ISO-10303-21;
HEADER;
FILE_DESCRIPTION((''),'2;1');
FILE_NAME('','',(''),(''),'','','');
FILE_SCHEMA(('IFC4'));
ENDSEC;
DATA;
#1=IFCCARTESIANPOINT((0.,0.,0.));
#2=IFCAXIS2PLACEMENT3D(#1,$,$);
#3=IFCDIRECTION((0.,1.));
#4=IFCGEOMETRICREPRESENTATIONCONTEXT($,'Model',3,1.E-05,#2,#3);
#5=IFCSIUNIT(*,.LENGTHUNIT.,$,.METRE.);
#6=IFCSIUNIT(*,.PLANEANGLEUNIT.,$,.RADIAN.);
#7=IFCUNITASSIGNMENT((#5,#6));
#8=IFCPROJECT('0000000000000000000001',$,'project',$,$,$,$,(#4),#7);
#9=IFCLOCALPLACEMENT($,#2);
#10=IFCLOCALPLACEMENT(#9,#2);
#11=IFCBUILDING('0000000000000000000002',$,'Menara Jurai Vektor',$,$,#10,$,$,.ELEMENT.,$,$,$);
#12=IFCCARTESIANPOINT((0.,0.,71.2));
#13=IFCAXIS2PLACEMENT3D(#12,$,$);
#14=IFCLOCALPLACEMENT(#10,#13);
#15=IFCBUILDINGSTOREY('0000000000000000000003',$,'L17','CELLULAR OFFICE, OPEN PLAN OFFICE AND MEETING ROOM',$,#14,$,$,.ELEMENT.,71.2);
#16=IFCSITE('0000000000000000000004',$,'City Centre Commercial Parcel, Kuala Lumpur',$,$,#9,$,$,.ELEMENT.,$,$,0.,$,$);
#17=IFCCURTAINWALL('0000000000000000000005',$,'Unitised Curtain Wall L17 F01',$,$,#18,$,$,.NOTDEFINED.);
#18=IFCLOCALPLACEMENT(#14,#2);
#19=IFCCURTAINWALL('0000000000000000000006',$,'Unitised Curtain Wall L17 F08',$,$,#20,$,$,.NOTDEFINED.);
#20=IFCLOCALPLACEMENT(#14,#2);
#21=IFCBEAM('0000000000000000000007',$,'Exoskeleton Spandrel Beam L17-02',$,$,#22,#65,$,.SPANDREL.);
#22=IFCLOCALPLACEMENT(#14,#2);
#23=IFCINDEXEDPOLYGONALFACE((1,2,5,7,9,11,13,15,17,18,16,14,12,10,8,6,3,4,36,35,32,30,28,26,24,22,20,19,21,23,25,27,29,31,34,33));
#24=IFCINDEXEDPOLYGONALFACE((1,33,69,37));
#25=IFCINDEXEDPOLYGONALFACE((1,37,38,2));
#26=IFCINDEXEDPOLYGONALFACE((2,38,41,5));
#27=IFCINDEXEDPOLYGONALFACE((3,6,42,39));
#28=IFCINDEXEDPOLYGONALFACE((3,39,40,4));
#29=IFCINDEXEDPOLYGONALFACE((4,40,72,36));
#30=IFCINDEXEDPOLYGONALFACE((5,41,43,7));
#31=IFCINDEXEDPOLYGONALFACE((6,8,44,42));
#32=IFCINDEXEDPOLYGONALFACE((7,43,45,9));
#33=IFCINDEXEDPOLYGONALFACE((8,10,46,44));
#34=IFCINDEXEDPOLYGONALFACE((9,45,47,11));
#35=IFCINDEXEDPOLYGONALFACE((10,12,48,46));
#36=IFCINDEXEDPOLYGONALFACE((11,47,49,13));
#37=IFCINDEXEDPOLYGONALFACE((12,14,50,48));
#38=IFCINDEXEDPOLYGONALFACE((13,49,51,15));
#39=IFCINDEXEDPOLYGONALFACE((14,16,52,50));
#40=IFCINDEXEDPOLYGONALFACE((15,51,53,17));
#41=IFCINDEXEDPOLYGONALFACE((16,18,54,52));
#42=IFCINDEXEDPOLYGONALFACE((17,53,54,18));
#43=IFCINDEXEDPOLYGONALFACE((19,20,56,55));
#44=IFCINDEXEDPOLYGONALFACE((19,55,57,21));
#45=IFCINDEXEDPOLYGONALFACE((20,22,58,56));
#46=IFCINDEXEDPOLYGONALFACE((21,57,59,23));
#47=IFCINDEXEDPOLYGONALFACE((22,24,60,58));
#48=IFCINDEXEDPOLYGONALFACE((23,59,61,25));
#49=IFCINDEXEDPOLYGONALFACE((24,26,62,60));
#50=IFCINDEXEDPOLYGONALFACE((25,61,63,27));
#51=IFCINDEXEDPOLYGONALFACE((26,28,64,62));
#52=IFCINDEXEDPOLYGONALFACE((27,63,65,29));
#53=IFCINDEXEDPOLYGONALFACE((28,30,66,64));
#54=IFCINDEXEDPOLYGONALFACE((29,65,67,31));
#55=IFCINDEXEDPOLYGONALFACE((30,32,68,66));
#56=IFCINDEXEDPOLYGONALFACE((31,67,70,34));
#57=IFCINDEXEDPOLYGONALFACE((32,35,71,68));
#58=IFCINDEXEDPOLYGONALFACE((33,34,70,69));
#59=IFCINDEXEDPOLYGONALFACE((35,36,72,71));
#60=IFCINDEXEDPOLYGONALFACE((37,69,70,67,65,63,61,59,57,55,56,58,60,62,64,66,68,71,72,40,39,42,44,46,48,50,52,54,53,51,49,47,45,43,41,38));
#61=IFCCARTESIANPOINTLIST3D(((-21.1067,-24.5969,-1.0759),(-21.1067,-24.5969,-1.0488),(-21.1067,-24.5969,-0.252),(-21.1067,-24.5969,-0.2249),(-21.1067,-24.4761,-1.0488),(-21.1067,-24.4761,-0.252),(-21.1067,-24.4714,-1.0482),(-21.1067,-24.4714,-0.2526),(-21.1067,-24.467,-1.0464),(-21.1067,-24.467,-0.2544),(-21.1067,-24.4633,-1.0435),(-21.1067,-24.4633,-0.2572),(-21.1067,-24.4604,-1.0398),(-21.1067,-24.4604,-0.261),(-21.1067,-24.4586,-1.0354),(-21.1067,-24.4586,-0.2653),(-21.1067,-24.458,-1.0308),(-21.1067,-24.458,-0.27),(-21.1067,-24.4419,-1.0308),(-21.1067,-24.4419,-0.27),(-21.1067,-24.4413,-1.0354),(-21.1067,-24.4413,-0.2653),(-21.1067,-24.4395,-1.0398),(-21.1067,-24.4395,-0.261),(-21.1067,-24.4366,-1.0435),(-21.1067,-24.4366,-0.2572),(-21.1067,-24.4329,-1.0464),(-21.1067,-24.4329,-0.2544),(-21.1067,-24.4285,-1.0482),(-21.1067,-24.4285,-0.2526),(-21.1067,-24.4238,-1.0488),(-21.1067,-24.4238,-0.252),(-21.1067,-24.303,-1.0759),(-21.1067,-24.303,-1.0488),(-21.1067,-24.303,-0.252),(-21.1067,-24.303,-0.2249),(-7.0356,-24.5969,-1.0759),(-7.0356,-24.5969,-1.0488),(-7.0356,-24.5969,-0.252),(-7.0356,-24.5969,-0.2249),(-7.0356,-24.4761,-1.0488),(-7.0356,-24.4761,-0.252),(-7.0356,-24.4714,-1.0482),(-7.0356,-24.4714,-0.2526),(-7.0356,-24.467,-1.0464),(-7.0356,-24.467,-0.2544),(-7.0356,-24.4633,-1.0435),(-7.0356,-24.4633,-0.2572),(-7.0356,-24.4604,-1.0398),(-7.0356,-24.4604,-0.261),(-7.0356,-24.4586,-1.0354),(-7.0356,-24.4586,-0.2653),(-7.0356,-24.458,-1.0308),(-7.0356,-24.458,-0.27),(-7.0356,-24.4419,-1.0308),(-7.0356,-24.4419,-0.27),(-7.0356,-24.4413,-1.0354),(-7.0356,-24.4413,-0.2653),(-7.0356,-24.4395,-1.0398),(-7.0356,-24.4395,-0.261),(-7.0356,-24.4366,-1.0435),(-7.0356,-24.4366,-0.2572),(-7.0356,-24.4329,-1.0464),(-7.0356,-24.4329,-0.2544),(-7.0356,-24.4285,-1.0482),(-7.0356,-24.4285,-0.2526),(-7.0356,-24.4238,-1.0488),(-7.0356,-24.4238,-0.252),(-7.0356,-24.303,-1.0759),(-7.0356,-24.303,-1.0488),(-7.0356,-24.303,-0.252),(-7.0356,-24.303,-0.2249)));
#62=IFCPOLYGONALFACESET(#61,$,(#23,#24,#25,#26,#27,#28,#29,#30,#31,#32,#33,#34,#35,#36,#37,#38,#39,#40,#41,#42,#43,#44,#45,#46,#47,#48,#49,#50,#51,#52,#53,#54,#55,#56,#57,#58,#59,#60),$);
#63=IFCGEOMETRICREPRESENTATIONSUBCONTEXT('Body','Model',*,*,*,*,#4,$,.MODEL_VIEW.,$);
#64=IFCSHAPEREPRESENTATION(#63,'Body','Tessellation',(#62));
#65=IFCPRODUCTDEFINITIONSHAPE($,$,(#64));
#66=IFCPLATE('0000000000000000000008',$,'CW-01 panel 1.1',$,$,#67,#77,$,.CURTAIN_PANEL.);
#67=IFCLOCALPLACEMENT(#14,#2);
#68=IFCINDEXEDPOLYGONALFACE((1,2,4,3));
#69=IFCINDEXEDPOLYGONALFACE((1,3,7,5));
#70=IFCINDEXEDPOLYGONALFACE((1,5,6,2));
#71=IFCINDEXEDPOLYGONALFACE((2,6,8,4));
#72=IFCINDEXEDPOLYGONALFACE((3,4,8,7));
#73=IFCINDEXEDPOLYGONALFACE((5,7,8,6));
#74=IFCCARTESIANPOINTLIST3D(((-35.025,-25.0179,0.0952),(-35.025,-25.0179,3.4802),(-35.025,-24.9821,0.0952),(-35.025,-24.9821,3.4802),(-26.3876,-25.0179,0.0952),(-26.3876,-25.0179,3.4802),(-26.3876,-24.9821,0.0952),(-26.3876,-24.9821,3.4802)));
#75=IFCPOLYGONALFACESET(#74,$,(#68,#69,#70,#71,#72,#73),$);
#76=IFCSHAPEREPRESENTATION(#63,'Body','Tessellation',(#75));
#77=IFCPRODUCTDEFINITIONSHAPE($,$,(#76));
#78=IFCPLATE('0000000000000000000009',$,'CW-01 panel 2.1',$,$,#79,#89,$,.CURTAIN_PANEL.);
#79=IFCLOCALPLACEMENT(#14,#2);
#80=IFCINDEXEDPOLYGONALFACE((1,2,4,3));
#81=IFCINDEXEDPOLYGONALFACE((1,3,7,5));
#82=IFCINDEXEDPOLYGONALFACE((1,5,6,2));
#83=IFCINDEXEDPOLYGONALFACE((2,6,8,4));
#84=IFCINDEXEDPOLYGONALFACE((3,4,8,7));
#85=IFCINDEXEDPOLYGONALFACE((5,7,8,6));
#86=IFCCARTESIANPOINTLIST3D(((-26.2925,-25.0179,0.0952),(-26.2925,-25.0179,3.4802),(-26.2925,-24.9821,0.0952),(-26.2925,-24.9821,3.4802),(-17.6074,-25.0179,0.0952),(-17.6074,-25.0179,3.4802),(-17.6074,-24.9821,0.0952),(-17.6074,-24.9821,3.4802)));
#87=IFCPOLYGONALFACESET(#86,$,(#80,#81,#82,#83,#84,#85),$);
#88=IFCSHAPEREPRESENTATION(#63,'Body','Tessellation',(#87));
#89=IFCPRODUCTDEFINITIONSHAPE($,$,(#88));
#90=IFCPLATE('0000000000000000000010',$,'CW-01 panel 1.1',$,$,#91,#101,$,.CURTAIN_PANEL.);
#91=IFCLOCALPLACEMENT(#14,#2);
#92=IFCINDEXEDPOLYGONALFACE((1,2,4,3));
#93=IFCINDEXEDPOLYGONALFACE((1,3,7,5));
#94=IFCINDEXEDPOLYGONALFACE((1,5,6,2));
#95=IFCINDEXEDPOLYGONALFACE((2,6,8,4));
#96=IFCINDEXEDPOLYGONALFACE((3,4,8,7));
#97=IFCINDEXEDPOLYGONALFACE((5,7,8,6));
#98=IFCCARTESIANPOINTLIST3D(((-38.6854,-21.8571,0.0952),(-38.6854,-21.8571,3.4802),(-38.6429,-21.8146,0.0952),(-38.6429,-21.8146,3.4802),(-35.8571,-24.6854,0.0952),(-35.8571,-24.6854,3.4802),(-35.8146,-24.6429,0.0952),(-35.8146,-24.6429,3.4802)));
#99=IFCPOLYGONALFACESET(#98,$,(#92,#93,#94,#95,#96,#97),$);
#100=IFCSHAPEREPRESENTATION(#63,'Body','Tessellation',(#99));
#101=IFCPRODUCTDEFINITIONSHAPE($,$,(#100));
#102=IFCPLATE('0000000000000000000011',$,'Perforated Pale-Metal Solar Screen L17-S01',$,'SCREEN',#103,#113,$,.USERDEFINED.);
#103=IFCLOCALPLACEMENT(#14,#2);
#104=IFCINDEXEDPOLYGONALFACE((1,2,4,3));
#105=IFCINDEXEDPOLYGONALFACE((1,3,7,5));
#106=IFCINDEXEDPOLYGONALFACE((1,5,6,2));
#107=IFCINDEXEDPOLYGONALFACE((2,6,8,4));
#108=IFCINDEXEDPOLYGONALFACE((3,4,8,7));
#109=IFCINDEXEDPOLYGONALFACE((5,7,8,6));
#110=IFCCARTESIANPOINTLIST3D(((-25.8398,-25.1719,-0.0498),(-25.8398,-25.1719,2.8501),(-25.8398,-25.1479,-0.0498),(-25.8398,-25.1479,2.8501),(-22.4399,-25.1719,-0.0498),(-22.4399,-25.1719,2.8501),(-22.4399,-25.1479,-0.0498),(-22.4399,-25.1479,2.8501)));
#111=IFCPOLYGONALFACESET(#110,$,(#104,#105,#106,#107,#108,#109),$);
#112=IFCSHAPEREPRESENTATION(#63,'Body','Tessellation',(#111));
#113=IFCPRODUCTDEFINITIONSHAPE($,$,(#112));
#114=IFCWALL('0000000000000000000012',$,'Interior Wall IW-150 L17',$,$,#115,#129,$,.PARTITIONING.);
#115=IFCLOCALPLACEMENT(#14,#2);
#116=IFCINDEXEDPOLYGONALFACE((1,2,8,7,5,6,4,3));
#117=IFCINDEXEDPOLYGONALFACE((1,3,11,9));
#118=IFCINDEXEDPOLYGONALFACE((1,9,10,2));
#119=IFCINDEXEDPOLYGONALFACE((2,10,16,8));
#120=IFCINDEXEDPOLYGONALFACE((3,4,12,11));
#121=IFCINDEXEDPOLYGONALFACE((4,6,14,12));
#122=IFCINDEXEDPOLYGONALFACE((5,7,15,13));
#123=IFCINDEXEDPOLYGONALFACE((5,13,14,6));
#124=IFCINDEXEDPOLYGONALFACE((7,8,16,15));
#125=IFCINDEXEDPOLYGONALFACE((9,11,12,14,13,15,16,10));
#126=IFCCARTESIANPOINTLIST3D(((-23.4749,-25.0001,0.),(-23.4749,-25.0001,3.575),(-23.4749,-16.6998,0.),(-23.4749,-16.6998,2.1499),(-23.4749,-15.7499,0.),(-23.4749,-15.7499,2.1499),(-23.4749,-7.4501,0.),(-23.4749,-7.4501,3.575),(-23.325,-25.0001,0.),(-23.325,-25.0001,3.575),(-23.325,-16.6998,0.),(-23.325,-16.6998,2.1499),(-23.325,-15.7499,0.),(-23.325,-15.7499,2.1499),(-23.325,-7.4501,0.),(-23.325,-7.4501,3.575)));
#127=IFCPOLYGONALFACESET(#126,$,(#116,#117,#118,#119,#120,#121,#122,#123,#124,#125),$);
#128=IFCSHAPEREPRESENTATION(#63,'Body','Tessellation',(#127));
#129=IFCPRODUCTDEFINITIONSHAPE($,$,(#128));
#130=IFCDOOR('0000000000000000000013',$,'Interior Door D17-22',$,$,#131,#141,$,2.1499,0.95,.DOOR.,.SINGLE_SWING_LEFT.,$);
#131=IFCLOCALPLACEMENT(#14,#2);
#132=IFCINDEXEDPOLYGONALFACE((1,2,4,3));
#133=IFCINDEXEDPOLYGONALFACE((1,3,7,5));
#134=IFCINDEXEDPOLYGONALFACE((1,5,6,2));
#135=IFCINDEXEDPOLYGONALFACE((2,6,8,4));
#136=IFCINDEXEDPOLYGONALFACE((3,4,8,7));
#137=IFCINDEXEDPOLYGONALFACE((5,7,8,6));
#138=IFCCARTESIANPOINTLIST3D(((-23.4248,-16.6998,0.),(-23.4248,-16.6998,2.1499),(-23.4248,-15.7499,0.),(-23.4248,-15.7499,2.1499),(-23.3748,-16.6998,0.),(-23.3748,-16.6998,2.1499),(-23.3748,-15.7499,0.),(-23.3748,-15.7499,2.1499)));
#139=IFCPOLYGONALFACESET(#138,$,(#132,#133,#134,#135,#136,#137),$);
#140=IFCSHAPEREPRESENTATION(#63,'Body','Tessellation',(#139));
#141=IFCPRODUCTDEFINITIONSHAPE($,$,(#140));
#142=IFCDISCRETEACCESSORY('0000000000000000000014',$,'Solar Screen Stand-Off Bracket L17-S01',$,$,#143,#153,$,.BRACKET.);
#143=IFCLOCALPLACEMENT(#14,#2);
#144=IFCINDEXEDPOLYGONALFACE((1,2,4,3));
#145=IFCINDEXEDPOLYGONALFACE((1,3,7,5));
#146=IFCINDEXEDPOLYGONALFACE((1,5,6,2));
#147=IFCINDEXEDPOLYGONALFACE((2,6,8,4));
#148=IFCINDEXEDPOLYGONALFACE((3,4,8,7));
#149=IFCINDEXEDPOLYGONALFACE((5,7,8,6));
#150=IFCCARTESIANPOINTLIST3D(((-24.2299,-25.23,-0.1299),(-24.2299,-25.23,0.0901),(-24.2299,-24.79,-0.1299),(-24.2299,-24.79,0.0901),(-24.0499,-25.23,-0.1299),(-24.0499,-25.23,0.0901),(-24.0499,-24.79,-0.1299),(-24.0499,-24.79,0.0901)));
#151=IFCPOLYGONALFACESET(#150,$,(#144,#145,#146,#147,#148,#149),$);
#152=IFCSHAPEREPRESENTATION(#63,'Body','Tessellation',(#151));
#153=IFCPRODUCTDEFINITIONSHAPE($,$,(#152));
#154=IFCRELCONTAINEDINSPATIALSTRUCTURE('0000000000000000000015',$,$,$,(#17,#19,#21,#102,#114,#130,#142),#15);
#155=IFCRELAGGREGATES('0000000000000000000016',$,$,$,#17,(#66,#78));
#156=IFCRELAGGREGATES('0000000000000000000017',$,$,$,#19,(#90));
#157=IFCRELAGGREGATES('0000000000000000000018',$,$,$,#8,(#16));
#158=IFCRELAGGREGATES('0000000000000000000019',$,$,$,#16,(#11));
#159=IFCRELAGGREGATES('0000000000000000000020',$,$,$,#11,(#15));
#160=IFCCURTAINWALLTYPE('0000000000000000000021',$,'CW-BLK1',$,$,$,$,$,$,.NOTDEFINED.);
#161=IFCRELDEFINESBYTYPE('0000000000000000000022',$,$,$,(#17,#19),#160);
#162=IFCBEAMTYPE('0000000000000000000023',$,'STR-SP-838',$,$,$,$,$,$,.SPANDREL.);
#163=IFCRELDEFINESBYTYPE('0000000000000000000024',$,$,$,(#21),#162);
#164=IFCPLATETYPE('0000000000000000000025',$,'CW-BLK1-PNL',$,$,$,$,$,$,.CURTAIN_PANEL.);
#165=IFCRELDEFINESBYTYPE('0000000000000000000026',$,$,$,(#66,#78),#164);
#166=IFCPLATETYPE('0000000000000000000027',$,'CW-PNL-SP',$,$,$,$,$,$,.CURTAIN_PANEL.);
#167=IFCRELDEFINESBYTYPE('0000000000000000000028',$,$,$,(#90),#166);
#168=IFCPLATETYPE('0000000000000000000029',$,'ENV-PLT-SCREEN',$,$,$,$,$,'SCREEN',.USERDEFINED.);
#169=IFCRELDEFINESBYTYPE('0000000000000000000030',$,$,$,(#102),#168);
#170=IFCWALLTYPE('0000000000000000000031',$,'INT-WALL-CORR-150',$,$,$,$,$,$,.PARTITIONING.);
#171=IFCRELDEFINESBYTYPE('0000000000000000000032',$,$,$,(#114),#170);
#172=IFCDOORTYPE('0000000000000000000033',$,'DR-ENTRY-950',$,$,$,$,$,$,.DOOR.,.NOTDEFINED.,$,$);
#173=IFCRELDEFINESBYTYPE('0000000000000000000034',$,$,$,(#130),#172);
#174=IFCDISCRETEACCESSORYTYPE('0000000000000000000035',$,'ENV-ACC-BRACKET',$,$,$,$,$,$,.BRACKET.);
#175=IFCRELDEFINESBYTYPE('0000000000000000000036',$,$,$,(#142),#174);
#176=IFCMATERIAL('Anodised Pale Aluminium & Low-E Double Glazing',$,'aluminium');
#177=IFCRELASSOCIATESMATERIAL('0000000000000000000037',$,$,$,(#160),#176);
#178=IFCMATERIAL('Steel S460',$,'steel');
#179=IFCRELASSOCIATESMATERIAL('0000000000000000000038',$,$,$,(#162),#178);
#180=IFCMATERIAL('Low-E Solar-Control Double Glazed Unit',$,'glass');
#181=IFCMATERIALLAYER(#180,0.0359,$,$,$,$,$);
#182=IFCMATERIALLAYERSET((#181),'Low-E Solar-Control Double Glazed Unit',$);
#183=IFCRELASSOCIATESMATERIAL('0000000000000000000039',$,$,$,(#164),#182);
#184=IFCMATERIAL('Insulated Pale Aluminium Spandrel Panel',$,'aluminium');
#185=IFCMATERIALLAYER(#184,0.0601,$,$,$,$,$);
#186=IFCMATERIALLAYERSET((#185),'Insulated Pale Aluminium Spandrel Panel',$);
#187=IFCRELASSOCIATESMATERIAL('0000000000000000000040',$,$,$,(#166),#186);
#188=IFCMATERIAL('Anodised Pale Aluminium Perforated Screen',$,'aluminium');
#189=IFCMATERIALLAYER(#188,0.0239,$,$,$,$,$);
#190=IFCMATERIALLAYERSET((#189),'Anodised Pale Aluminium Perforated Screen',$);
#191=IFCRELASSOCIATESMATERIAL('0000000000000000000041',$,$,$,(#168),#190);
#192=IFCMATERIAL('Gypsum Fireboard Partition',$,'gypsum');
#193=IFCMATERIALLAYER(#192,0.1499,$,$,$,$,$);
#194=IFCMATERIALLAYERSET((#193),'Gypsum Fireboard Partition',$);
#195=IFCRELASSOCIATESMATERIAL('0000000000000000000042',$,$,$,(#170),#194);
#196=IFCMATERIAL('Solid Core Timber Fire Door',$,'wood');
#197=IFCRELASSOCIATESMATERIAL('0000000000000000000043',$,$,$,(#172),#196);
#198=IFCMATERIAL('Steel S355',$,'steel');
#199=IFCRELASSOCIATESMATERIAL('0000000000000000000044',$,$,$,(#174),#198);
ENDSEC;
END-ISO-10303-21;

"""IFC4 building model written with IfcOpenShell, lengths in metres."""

from ifc_helpers import new_model, si_unit, direction, frame, frame_2d, origin, origin_2d, place, context, subcontext, project, spatial, rectangle, i_section, extrude, material, layer, layer_set, material_profile, profile_set, type_object, element, fill, aggregate, save


model = new_model("IFC4")

# Units and contexts
model_context = context("Model", 3, precision=1e-05, world=origin(), true_north=direction((0.0, 1.0)))
body_context = subcontext(model_context, "Body", "Model", "MODEL_VIEW")
ifc_project = project(units=[si_unit("LENGTHUNIT", "METRE"), si_unit("PLANEANGLEUNIT", "RADIAN")], contexts=[model_context])

# Site, building, storey
site_placement = place(None, origin())
site = spatial("IfcSite", under=ifc_project, at=site_placement, Name="City Centre Commercial Parcel, Kuala Lumpur", CompositionType="ELEMENT", RefElevation=0.0)
building_placement = place(site_placement, origin())
building = spatial("IfcBuilding", under=site, at=building_placement, Name="Menara Jurai Vektor", CompositionType="ELEMENT")
storey_placement = place(building_placement, frame((0.0, 0.0, 71.2)))
storey = spatial("IfcBuildingStorey", under=building, at=storey_placement, Name="L17", Description="CELLULAR OFFICE, OPEN PLAN OFFICE AND MEETING ROOM", CompositionType="ELEMENT", Elevation=71.2)

# Shared definitions
ifc_material_1 = material(Name="Steel S460", Category="steel")

# Curtain wall
ifc_material_2 = material(Name="Anodised Pale Aluminium & Low-E Double Glazing", Category="aluminium")
curtain_wall_type = type_object("IfcCurtainWallType", Name="CW-BLK1", PredefinedType="NOTDEFINED", material=ifc_material_2)
curtain_wall_1_placement = place(storey_placement, origin())
curtain_wall_1 = element("IfcCurtainWall", 1, at=curtain_wall_1_placement, inside=storey, type_object=curtain_wall_type, Name="Unitised Curtain Wall L17 F01", PredefinedType="NOTDEFINED")

# Curtain wall
curtain_wall_2_placement = place(storey_placement, origin())
curtain_wall_2 = element("IfcCurtainWall", 2, at=curtain_wall_2_placement, inside=storey, type_object=curtain_wall_type, Name="Unitised Curtain Wall L17 F08", PredefinedType="NOTDEFINED")

# Shared definitions
ifc_material_3 = material(Name="Steel S355", Category="steel")

# Beam
ifc_material_profile_1 = material_profile(ifc_material_1, i_section(OverallWidth=0.2939, OverallDepth=0.8511, WebThickness=0.0161, FlangeThickness=0.0271, FilletRadius=0.0181, at=origin_2d()), Name="UKB 838x292x226")
ifc_profile_set_1 = profile_set([ifc_material_profile_1], Name="Steel S460")
beam_type_1 = type_object("IfcBeamType", Name="STR-SP-838", PredefinedType="SPANDREL", material=ifc_profile_set_1)
for number, where, z_axis, x_axis, name in (
    (3, (-21.1067, -24.45, -0.6504), (1.0, 0.0, 0.0), (0.0, 1.0, 0.0), "Exoskeleton Spandrel Beam L17-02"),
):
    element("IfcBeam", number, at=place(storey_placement, frame(where, z_axis=z_axis, x_axis=x_axis)), inside=storey, type_object=beam_type_1, Name=name, PredefinedType="SPANDREL", context=body_context, shape_type="SweptSolid", body=[
        extrude(i_section(OverallWidth=0.2939, OverallDepth=0.8511, WebThickness=0.0161, FlangeThickness=0.0271, FilletRadius=0.0181, at=origin_2d()), origin(), (0.0, 0.0, 1.0), 14.071),
    ])

# Plates
ifc_material_4 = material(Name="Low-E Solar-Control Double Glazed Unit", Category="glass")
ifc_layer_1 = layer(ifc_material_4, 0.0359)
ifc_layer_set_1 = layer_set([ifc_layer_1], Name="Low-E Solar-Control Double Glazed Unit")
plate_type_1 = type_object("IfcPlateType", Name="CW-BLK1-PNL", PredefinedType="CURTAIN_PANEL", material=ifc_layer_set_1)
plate_1_placement = place(storey_placement, frame((-30.7063, -25.0, 0.0952), z_axis=(0.0, 0.0, 1.0), x_axis=(1.0, 0.0, 0.0)))
plate_1 = element("IfcPlate", 4, at=plate_1_placement, type_object=plate_type_1, Name="CW-01 panel 1.1", PredefinedType="CURTAIN_PANEL", context=body_context, shape_type="SweptSolid", body=[
    extrude(rectangle(XDim=8.6375, YDim=0.0359, at=origin_2d()), origin(), (0.0, 0.0, 1.0), 3.385),
])
plate_2_placement = place(storey_placement, frame((-21.95, -25.0, 0.0952), z_axis=(0.0, 0.0, 1.0), x_axis=(1.0, 0.0, 0.0)))
plate_2 = element("IfcPlate", 5, at=plate_2_placement, type_object=plate_type_1, Name="CW-01 panel 2.1", PredefinedType="CURTAIN_PANEL", context=body_context, shape_type="SweptSolid", body=[
    extrude(rectangle(XDim=8.6851, YDim=0.0359, at=origin_2d()), origin(), (0.0, 0.0, 1.0), 3.385),
])
aggregate(curtain_wall_1, [plate_1, plate_2])
ifc_material_5 = material(Name="Insulated Pale Aluminium Spandrel Panel", Category="aluminium")
ifc_layer_2 = layer(ifc_material_5, 0.0601)
ifc_layer_set_2 = layer_set([ifc_layer_2], Name="Insulated Pale Aluminium Spandrel Panel")
plate_type_2 = type_object("IfcPlateType", Name="CW-PNL-SP", PredefinedType="CURTAIN_PANEL", material=ifc_layer_set_2)
plate_3_placement = place(storey_placement, frame((-37.25, -23.25, 0.0952), z_axis=(0.0, 0.0, 1.0), x_axis=(0.707107, -0.707107, 0.0)))
plate_3 = element("IfcPlate", 6, at=plate_3_placement, type_object=plate_type_2, Name="CW-01 panel 1.1", PredefinedType="CURTAIN_PANEL", context=body_context, shape_type="SweptSolid", body=[
    extrude(rectangle(XDim=3.9998, YDim=0.0601, at=origin_2d()), origin(), (0.0, 0.0, 1.0), 3.385),
])
aggregate(curtain_wall_2, [plate_3])
ifc_material_6 = material(Name="Anodised Pale Aluminium Perforated Screen", Category="aluminium")
ifc_layer_3 = layer(ifc_material_6, 0.0239)
ifc_layer_set_3 = layer_set([ifc_layer_3], Name="Anodised Pale Aluminium Perforated Screen")
plate_type_3 = type_object("IfcPlateType", Name="ENV-PLT-SCREEN", ElementType="SCREEN", PredefinedType="USERDEFINED", material=ifc_layer_set_3)
plate_4_placement = place(storey_placement, frame((-24.1399, -25.1599, -0.0498), z_axis=(0.0, 0.0, 1.0), x_axis=(1.0, 0.0, 0.0)))
element("IfcPlate", 7, at=plate_4_placement, inside=storey, type_object=plate_type_3, Name="Perforated Pale-Metal Solar Screen L17-S01", ObjectType="SCREEN", PredefinedType="USERDEFINED", context=body_context, shape_type="SweptSolid", body=[
    extrude(rectangle(XDim=3.3999, YDim=0.0239, at=origin_2d()), origin(), (0.0, 0.0, 1.0), 2.8999),
])

# Wall, opening, door
ifc_material_7 = material(Name="Gypsum Fireboard Partition", Category="gypsum")
ifc_layer_4 = layer(ifc_material_7, 0.1499)
ifc_layer_set_4 = layer_set([ifc_layer_4], Name="Gypsum Fireboard Partition")
wall_type = type_object("IfcWallType", Name="INT-WALL-CORR-150", PredefinedType="PARTITIONING", material=ifc_layer_set_4)
wall_placement = place(storey_placement, frame((-23.3999, -25.0, 0.0), z_axis=(0.0, 0.0, 1.0), x_axis=(0.0, 1.0, 0.0)))
wall = element("IfcWall", 8, at=wall_placement, inside=storey, type_object=wall_type, Name="Interior Wall IW-150 L17", PredefinedType="PARTITIONING", context=body_context, shape_type="SweptSolid", body=[
    extrude(rectangle(XDim=17.55, YDim=0.1499, at=frame_2d((8.7749, 0.0))), origin(), (0.0, 0.0, 1.0), 3.575),
])
opening_placement = place(wall_placement, frame((8.3, 0.0, 0.0)))
opening = element("IfcOpeningElement", 9, at=opening_placement, cuts=wall, PredefinedType="OPENING", context=body_context, shape_type="SweptSolid", body=[
    extrude(rectangle(XDim=0.95, YDim=2.1499, at=frame_2d((0.4751, 1.075))), frame((0.0, 0.085, 0.0), z_axis=(0.0, -1.0, 0.0), x_axis=(1.0, 0.0, 0.0)), (0.0, 0.0, 1.0), 0.1699),
])
ifc_material_8 = material(Name="Solid Core Timber Fire Door", Category="wood")
door_type = type_object("IfcDoorType", Name="DR-ENTRY-950", OperationType="NOTDEFINED", PredefinedType="DOOR", material=ifc_material_8)
door_placement = place(opening_placement, origin())
door = element("IfcDoor", 10, at=door_placement, inside=storey, type_object=door_type, Name="Interior Door D17-22", OperationType="SINGLE_SWING_LEFT", OverallHeight=2.1499, OverallWidth=0.95, PredefinedType="DOOR", context=body_context, shape_type="SweptSolid", body=[
    extrude(rectangle(XDim=0.95, YDim=2.1499, at=frame_2d((0.4751, 1.075))), frame((0.0, 0.0249, 0.0), z_axis=(0.0, -1.0, 0.0), x_axis=(1.0, 0.0, 0.0)), (0.0, 0.0, 1.0), 0.05),
])
fill(opening, door)

# Discrete accessory
discrete_accessory_type = type_object("IfcDiscreteAccessoryType", Name="ENV-ACC-BRACKET", PredefinedType="BRACKET", material=ifc_material_3)
discrete_accessory_placement = place(storey_placement, frame((-24.1399, -25.01, -0.1299), z_axis=(0.0, 0.0, 1.0), x_axis=(1.0, 0.0, 0.0)))
element("IfcDiscreteAccessory", 11, at=discrete_accessory_placement, inside=storey, type_object=discrete_accessory_type, Name="Solar Screen Stand-Off Bracket L17-S01", PredefinedType="BRACKET", context=body_context, shape_type="SweptSolid", body=[
    extrude(rectangle(XDim=0.1799, YDim=0.4399, at=origin_2d()), origin(), (0.0, 0.0, 1.0), 0.22),
])

save(model, "model.ifc")
